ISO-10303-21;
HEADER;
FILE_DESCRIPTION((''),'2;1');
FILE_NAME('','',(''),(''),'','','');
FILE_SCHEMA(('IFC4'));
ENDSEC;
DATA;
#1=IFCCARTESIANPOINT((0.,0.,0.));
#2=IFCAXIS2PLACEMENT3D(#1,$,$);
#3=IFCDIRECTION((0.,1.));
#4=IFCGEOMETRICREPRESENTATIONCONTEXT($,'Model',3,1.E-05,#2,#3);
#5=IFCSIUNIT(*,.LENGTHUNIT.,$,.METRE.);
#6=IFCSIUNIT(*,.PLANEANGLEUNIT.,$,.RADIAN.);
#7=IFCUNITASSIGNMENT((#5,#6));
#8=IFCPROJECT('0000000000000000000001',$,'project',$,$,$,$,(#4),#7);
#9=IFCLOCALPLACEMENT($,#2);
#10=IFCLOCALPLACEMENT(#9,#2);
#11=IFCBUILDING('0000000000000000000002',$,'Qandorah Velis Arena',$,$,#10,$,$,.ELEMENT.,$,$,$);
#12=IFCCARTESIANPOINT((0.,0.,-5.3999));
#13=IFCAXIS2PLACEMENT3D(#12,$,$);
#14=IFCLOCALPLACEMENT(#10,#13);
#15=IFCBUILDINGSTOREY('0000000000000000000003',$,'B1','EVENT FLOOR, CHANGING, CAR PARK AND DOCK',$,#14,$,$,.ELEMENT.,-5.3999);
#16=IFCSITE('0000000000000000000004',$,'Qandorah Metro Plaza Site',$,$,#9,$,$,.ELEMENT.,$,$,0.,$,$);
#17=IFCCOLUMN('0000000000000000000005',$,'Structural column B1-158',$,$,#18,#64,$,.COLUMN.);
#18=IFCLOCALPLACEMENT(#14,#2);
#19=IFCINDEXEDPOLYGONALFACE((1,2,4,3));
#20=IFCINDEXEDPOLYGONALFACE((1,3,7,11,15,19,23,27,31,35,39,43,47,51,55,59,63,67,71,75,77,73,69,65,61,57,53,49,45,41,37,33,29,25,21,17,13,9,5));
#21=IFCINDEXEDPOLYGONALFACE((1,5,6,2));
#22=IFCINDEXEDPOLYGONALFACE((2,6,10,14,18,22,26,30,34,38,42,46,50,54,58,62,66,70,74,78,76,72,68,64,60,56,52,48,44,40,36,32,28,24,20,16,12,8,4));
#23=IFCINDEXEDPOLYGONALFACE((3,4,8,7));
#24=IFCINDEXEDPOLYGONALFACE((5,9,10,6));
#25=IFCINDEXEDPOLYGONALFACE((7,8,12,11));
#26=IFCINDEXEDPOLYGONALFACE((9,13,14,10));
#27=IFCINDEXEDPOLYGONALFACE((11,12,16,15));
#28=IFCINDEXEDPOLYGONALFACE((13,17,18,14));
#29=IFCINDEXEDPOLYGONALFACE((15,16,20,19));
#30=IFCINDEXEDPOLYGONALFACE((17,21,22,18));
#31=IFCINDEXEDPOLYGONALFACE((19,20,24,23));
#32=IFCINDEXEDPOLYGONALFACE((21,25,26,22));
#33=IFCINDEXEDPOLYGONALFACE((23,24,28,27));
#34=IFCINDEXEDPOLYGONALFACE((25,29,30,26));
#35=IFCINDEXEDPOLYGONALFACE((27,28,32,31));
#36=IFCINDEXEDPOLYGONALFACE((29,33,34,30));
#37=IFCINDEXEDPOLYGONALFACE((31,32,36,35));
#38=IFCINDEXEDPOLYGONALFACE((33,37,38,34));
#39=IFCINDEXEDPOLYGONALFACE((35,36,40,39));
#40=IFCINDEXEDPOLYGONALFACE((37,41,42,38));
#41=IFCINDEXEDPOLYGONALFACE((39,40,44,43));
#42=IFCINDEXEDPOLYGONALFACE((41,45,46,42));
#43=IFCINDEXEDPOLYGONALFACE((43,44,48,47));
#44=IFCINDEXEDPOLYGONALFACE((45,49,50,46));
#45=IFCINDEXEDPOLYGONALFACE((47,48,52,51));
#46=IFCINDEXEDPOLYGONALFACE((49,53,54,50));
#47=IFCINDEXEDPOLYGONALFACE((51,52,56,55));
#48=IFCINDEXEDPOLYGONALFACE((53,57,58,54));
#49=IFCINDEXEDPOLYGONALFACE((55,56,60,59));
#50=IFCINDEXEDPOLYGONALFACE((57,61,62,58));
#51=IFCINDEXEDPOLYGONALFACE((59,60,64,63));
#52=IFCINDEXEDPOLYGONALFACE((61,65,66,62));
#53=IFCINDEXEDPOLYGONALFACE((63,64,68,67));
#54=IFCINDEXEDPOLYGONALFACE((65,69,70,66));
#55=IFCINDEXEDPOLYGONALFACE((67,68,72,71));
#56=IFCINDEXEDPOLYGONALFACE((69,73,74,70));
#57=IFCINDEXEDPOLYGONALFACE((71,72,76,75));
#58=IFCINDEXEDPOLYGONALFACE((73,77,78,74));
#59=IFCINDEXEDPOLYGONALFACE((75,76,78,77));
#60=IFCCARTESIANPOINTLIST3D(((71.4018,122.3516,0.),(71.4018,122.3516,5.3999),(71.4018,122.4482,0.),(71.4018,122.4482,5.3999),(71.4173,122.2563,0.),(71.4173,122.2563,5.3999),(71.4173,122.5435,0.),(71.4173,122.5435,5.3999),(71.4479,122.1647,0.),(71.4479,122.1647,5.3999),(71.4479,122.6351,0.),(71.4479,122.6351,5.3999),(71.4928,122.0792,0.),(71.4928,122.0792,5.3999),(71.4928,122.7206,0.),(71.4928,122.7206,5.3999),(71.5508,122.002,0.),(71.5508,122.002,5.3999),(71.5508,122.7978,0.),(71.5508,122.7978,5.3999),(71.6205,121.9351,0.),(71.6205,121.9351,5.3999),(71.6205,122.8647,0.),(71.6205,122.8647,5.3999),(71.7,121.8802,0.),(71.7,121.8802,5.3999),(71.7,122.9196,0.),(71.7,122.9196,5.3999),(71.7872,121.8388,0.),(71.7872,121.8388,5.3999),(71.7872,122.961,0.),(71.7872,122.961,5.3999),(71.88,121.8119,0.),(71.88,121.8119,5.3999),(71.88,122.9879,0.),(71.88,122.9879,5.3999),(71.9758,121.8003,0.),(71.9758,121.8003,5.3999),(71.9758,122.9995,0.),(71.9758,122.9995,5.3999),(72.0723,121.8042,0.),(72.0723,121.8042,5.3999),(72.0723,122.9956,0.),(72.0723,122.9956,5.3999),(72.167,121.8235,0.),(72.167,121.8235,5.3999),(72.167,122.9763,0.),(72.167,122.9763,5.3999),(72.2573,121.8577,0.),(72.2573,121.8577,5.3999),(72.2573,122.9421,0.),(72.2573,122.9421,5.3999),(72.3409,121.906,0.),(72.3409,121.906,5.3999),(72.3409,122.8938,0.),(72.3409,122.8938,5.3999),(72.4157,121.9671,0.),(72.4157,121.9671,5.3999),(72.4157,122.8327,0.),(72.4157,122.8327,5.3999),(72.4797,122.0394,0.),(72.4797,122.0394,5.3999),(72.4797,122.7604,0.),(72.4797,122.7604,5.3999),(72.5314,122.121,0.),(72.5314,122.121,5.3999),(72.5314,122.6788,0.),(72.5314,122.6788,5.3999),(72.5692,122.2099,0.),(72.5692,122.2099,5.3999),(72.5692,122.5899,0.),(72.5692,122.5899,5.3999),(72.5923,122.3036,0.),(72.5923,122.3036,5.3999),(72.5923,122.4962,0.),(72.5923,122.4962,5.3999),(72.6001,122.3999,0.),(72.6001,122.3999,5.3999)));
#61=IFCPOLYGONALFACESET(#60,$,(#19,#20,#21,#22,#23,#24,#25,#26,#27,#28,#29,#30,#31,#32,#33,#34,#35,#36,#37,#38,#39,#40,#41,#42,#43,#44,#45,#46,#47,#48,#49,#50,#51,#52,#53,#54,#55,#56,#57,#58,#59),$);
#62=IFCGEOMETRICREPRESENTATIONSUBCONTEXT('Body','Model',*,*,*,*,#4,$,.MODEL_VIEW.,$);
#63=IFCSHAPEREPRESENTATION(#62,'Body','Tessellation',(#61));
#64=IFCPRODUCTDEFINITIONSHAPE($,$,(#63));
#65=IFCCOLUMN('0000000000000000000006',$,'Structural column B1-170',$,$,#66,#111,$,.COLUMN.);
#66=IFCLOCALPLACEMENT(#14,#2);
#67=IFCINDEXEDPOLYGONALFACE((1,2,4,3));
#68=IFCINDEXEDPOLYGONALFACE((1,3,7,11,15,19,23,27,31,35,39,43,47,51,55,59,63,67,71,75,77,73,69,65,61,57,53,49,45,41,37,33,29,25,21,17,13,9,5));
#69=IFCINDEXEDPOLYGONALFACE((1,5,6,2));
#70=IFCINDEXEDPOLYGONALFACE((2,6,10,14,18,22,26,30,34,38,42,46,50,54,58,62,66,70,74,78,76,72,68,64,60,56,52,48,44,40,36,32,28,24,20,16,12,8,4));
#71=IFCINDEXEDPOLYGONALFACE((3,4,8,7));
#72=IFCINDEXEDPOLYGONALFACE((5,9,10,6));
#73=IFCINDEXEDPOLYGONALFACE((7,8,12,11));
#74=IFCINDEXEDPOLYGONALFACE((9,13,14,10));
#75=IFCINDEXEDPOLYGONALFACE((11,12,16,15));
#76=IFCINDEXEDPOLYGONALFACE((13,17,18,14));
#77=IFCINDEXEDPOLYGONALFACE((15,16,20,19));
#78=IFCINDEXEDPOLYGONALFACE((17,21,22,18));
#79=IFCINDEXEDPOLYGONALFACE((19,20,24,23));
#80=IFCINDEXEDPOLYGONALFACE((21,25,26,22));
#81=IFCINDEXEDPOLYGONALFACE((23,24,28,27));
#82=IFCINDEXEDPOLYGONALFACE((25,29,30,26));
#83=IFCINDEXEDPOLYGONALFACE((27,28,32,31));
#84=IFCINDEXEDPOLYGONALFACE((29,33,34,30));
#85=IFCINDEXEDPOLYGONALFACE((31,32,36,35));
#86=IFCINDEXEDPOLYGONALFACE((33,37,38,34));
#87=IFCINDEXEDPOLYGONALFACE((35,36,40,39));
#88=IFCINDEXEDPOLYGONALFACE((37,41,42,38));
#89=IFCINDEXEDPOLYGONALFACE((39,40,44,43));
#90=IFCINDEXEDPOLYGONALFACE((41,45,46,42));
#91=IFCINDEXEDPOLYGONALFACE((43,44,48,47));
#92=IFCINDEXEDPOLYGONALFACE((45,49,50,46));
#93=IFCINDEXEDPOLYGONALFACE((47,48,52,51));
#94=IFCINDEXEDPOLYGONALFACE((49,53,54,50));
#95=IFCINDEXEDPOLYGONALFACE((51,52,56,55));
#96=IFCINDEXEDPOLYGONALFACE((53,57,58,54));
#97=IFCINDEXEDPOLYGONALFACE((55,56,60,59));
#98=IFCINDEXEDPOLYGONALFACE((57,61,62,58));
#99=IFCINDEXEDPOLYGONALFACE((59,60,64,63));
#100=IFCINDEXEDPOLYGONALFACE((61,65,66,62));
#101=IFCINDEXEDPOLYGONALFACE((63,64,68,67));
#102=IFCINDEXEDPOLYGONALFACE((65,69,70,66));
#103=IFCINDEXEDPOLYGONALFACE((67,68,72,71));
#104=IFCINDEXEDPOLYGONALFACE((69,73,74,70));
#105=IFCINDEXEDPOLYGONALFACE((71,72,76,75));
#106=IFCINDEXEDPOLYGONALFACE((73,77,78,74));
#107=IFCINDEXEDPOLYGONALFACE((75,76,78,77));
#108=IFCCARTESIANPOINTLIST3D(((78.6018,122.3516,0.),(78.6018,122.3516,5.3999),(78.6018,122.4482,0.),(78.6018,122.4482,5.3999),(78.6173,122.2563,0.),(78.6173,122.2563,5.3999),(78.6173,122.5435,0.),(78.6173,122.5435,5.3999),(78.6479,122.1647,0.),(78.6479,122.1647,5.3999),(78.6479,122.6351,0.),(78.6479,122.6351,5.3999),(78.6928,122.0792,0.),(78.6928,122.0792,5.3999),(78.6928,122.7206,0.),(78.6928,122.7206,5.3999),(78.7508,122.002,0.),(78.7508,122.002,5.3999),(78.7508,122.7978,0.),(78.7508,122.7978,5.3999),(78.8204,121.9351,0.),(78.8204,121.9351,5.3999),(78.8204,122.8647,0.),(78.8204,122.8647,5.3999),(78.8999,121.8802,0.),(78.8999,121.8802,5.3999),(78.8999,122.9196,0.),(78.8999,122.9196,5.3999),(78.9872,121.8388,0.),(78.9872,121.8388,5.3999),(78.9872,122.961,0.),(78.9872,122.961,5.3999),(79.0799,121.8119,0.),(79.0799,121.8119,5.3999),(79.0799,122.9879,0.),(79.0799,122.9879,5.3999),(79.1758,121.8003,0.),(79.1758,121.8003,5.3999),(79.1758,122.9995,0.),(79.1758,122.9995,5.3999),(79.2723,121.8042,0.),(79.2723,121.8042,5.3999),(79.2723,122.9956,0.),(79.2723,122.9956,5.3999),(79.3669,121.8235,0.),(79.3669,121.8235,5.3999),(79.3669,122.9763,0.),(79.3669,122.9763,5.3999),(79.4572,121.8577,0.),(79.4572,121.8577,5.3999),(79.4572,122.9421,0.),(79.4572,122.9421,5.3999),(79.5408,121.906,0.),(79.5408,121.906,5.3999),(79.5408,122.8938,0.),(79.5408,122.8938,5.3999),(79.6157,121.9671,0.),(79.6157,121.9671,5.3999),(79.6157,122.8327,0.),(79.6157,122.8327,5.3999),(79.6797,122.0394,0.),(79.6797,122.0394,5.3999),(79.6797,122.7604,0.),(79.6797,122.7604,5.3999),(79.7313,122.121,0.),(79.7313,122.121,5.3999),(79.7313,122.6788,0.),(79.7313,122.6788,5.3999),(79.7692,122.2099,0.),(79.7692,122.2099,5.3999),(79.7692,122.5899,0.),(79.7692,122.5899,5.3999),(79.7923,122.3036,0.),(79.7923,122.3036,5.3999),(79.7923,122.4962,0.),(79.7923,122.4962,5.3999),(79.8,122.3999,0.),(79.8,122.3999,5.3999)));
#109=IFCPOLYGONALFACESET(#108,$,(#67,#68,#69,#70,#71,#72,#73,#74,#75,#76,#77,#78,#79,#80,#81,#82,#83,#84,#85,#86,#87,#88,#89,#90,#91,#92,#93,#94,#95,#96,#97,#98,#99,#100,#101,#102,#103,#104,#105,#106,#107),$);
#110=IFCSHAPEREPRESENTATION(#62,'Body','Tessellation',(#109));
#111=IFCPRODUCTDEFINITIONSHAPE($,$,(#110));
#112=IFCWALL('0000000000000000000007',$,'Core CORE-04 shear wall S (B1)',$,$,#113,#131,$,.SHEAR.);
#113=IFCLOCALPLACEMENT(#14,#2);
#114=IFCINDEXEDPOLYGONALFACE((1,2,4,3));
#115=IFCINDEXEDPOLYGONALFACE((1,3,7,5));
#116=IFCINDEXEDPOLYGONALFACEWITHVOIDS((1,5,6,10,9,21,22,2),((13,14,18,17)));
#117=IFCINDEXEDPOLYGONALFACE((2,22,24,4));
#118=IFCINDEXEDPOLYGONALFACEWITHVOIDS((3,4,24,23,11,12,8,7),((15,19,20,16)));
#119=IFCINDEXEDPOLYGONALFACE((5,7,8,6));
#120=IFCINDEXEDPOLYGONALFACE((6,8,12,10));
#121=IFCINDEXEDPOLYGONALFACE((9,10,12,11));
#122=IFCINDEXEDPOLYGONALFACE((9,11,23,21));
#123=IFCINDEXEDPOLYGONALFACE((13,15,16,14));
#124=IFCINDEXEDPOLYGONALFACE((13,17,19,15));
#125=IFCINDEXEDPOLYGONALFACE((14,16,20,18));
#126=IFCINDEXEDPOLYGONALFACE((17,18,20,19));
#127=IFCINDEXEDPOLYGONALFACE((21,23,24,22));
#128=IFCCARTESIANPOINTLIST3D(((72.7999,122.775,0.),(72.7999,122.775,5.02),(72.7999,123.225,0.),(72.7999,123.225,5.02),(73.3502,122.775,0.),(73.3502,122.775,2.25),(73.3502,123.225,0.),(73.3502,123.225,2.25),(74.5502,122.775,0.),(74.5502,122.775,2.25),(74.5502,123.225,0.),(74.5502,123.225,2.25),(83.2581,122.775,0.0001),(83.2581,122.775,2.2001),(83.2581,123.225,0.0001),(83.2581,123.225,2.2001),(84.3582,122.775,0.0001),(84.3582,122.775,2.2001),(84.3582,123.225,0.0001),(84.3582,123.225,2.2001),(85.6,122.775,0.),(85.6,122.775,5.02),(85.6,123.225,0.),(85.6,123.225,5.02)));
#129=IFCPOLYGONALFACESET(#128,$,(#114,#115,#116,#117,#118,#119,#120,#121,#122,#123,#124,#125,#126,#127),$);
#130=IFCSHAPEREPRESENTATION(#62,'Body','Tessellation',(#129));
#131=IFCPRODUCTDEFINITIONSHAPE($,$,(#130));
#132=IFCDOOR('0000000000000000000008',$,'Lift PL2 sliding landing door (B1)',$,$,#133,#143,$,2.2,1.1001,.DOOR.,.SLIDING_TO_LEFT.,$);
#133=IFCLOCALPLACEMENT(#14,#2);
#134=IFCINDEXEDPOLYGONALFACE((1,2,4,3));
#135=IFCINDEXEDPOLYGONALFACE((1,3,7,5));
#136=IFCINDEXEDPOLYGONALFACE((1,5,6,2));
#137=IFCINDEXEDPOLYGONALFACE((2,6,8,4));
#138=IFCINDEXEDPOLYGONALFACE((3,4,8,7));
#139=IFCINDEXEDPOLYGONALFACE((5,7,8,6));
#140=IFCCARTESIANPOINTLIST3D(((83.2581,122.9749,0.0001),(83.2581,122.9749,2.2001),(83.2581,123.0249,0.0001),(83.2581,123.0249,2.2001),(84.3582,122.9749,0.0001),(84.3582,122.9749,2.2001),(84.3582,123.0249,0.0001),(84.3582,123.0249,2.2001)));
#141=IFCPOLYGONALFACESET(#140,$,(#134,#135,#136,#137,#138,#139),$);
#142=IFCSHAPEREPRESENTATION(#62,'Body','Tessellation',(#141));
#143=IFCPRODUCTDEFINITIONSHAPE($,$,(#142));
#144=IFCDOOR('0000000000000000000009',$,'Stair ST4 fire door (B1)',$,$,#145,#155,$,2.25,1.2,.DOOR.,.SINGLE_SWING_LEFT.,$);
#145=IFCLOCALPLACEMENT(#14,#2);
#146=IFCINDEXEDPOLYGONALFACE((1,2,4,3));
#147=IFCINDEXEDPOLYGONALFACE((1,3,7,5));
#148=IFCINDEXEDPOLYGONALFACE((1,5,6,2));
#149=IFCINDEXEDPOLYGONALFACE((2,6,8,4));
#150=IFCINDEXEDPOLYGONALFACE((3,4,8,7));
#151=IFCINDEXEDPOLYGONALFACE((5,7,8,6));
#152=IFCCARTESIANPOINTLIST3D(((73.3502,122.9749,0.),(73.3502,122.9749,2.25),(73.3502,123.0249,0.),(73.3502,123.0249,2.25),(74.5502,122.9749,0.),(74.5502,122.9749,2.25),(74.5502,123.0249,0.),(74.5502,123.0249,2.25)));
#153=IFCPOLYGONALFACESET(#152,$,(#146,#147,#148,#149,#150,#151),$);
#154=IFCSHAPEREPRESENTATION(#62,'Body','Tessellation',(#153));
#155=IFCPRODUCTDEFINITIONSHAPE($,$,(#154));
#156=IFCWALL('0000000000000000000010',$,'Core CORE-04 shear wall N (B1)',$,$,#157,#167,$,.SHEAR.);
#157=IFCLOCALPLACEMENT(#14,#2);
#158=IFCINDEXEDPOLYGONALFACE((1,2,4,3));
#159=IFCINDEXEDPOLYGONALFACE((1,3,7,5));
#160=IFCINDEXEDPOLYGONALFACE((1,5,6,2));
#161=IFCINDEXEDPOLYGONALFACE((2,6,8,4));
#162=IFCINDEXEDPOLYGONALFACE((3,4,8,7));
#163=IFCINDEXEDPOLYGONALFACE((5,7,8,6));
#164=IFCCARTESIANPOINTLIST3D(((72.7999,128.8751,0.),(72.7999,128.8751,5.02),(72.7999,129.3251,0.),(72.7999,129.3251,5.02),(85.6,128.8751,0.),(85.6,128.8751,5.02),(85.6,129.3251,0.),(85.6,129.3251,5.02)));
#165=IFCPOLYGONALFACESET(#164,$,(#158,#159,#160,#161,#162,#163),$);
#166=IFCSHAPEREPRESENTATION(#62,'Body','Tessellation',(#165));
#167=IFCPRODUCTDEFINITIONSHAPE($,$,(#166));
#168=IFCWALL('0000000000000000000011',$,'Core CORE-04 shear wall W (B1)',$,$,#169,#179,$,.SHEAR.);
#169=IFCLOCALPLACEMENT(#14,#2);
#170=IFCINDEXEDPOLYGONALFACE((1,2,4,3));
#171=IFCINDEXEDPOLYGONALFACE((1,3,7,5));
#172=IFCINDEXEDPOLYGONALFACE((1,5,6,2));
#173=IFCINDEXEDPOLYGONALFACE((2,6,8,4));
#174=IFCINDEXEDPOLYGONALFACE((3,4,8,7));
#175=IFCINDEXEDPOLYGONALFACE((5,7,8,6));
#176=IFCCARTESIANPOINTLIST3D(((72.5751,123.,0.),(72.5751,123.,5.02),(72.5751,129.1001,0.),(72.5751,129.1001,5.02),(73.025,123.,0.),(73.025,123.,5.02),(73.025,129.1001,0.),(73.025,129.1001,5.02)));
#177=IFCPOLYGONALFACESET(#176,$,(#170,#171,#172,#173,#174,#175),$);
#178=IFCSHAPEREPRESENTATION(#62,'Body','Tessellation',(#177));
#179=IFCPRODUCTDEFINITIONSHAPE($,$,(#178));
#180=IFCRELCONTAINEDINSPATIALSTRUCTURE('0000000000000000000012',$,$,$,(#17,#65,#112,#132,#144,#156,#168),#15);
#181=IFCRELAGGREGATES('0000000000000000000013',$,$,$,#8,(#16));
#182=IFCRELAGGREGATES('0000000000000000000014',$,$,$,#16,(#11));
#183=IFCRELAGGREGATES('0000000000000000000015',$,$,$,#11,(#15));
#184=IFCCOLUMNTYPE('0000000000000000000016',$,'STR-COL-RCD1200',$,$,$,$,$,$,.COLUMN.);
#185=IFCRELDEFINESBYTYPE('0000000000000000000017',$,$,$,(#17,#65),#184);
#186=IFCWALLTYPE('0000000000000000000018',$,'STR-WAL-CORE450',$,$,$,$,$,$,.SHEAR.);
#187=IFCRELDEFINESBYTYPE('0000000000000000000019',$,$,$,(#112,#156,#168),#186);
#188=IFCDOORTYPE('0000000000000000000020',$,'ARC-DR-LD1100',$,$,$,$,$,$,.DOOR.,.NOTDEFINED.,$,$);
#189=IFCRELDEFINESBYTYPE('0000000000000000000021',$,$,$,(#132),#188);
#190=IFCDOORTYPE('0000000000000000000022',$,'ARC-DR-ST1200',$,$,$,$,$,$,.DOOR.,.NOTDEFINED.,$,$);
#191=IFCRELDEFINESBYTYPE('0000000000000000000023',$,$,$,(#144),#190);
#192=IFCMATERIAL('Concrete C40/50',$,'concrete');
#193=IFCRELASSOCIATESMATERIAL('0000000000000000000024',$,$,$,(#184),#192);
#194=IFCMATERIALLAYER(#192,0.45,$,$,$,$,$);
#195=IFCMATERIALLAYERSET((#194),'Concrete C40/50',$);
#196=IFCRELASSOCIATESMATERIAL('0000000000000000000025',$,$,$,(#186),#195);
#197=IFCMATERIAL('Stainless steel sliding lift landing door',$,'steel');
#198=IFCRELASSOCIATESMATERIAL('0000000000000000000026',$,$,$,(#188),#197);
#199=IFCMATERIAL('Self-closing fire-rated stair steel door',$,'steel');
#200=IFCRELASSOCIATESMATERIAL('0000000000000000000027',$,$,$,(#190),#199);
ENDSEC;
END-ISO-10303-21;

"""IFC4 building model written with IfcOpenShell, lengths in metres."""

from ifc_helpers import new_model, si_unit, direction, frame, frame_2d, origin, origin_2d, place, context, subcontext, project, spatial, rectangle, circle, extrude, material, layer, layer_set, material_profile, profile_set, type_object, element, fill, save


model = new_model("IFC4")

# Units and contexts
model_context = context("Model", 3, precision=1e-05, world=origin(), true_north=direction((0.0, 1.0)))
body_context = subcontext(model_context, "Body", "Model", "MODEL_VIEW")
ifc_project = project(units=[si_unit("LENGTHUNIT", "METRE"), si_unit("PLANEANGLEUNIT", "RADIAN")], contexts=[model_context])

# Site, building, storey
site_placement = place(None, origin())
site = spatial("IfcSite", under=ifc_project, at=site_placement, Name="Qandorah Metro Plaza Site", CompositionType="ELEMENT", RefElevation=0.0)
building_placement = place(site_placement, origin())
building = spatial("IfcBuilding", under=site, at=building_placement, Name="Qandorah Velis Arena", CompositionType="ELEMENT")
storey_placement = place(building_placement, frame((0.0, 0.0, -5.3999)))
storey = spatial("IfcBuildingStorey", under=building, at=storey_placement, Name="B1", Description="EVENT FLOOR, CHANGING, CAR PARK AND DOCK", CompositionType="ELEMENT", Elevation=-5.3999)

# Shared definitions
ifc_material_1 = material(Name="Concrete C40/50", Category="concrete")

# Columns
ifc_material_profile_1 = material_profile(ifc_material_1, circle(Radius=0.6001, at=origin_2d()), Name="RC D1200")
ifc_profile_set_1 = profile_set([ifc_material_profile_1], Name="Concrete C40/50")
column_type_1 = type_object("IfcColumnType", Name="STR-COL-RCD1200", PredefinedType="COLUMN", material=ifc_profile_set_1)
for number, where, z_axis, x_axis, name in (
    (1, (72.0, 122.3999, 0.0), (0.0, 0.0, 1.0), (1.0, 0.0, 0.0), "Structural column B1-158"),
    (2, (79.2, 122.3999, 0.0), (0.0, 0.0, 1.0), (1.0, 0.0, 0.0), "Structural column B1-170"),
):
    element("IfcColumn", number, at=place(storey_placement, frame(where, z_axis=z_axis, x_axis=x_axis)), inside=storey, type_object=column_type_1, Name=name, PredefinedType="COLUMN", context=body_context, shape_type="SweptSolid", body=[
        extrude(circle(Radius=0.6001, at=origin_2d()), origin(), (0.0, 0.0, 1.0), 5.3999),
    ])

# Wall, openings, doors
ifc_layer = layer(ifc_material_1, 0.45)
ifc_layer_set = layer_set([ifc_layer], Name="Concrete C40/50")
wall_type = type_object("IfcWallType", Name="STR-WAL-CORE450", PredefinedType="SHEAR", material=ifc_layer_set)
wall_1_placement = place(storey_placement, frame((72.8, 123.0, 0.0), z_axis=(0.0, 0.0, 1.0), x_axis=(1.0, 0.0, 0.0)))
wall_1 = element("IfcWall", 3, at=wall_1_placement, inside=storey, type_object=wall_type, Name="Core CORE-04 shear wall S (B1)", PredefinedType="SHEAR", context=body_context, shape_type="SweptSolid", body=[
    extrude(rectangle(XDim=12.8, YDim=0.45, at=frame_2d((6.3999, 0.0))), origin(), (0.0, 0.0, 1.0), 5.02),
])
opening_1_placement = place(wall_1_placement, frame((0.55, 0.0, 0.0)))
opening_1 = element("IfcOpeningElement", 4, at=opening_1_placement, cuts=wall_1, PredefinedType="OPENING", context=body_context, shape_type="SweptSolid", body=[
    extrude(rectangle(XDim=1.2, YDim=2.25, at=frame_2d((0.6001, 1.125))), frame((0.0, 0.2349, 0.0), z_axis=(0.0, -1.0, 0.0), x_axis=(1.0, 0.0, 0.0)), (0.0, 0.0, 1.0), 0.47),
])
opening_2_placement = place(wall_1_placement, frame((10.458, 0.0, 0.0)))
opening_2 = element("IfcOpeningElement", 5, at=opening_2_placement, cuts=wall_1, PredefinedType="OPENING", context=body_context, shape_type="SweptSolid", body=[
    extrude(rectangle(XDim=1.1001, YDim=2.2, at=frame_2d((0.55, 1.1001))), frame((0.0, 0.2349, 0.0), z_axis=(0.0, -1.0, 0.0), x_axis=(1.0, 0.0, 0.0)), (0.0, 0.0, 1.0), 0.47),
])
ifc_material_2 = material(Name="Stainless steel sliding lift landing door", Category="steel")
door_type_1 = type_object("IfcDoorType", Name="ARC-DR-LD1100", OperationType="NOTDEFINED", PredefinedType="DOOR", material=ifc_material_2)
door_1_placement = place(opening_2_placement, origin())
door_1 = element("IfcDoor", 6, at=door_1_placement, inside=storey, type_object=door_type_1, Name="Lift PL2 sliding landing door (B1)", OperationType="SLIDING_TO_LEFT", OverallHeight=2.2, OverallWidth=1.1001, PredefinedType="DOOR", context=body_context, shape_type="SweptSolid", body=[
    extrude(rectangle(XDim=1.1001, YDim=2.2, at=frame_2d((0.55, 1.1001))), frame((0.0, 0.0249, 0.0), z_axis=(0.0, -1.0, 0.0), x_axis=(1.0, 0.0, 0.0)), (0.0, 0.0, 1.0), 0.05),
])
fill(opening_2, door_1)
ifc_material_3 = material(Name="Self-closing fire-rated stair steel door", Category="steel")
door_type_2 = type_object("IfcDoorType", Name="ARC-DR-ST1200", OperationType="NOTDEFINED", PredefinedType="DOOR", material=ifc_material_3)
door_2_placement = place(opening_1_placement, origin())
door_2 = element("IfcDoor", 7, at=door_2_placement, inside=storey, type_object=door_type_2, Name="Stair ST4 fire door (B1)", OperationType="SINGLE_SWING_LEFT", OverallHeight=2.25, OverallWidth=1.2, PredefinedType="DOOR", context=body_context, shape_type="SweptSolid", body=[
    extrude(rectangle(XDim=1.2, YDim=2.25, at=frame_2d((0.6001, 1.125))), frame((0.0, 0.0249, 0.0), z_axis=(0.0, -1.0, 0.0), x_axis=(1.0, 0.0, 0.0)), (0.0, 0.0, 1.0), 0.05),
])
fill(opening_1, door_2)

# Walls
wall_2_placement = place(storey_placement, frame((72.8, 129.1001, 0.0), z_axis=(0.0, 0.0, 1.0), x_axis=(1.0, 0.0, 0.0)))
element("IfcWall", 8, at=wall_2_placement, inside=storey, type_object=wall_type, Name="Core CORE-04 shear wall N (B1)", PredefinedType="SHEAR", context=body_context, shape_type="SweptSolid", body=[
    extrude(rectangle(XDim=12.8, YDim=0.45, at=frame_2d((6.3999, 0.0))), origin(), (0.0, 0.0, 1.0), 5.02),
])
wall_3_placement = place(storey_placement, frame((72.8, 123.0, 0.0), z_axis=(0.0, 0.0, 1.0), x_axis=(0.0, 1.0, 0.0)))
element("IfcWall", 9, at=wall_3_placement, inside=storey, type_object=wall_type, Name="Core CORE-04 shear wall W (B1)", PredefinedType="SHEAR", context=body_context, shape_type="SweptSolid", body=[
    extrude(rectangle(XDim=6.1001, YDim=0.45, at=frame_2d((3.05, 0.0))), origin(), (0.0, 0.0, 1.0), 5.02),
])

save(model, "model.ifc")
